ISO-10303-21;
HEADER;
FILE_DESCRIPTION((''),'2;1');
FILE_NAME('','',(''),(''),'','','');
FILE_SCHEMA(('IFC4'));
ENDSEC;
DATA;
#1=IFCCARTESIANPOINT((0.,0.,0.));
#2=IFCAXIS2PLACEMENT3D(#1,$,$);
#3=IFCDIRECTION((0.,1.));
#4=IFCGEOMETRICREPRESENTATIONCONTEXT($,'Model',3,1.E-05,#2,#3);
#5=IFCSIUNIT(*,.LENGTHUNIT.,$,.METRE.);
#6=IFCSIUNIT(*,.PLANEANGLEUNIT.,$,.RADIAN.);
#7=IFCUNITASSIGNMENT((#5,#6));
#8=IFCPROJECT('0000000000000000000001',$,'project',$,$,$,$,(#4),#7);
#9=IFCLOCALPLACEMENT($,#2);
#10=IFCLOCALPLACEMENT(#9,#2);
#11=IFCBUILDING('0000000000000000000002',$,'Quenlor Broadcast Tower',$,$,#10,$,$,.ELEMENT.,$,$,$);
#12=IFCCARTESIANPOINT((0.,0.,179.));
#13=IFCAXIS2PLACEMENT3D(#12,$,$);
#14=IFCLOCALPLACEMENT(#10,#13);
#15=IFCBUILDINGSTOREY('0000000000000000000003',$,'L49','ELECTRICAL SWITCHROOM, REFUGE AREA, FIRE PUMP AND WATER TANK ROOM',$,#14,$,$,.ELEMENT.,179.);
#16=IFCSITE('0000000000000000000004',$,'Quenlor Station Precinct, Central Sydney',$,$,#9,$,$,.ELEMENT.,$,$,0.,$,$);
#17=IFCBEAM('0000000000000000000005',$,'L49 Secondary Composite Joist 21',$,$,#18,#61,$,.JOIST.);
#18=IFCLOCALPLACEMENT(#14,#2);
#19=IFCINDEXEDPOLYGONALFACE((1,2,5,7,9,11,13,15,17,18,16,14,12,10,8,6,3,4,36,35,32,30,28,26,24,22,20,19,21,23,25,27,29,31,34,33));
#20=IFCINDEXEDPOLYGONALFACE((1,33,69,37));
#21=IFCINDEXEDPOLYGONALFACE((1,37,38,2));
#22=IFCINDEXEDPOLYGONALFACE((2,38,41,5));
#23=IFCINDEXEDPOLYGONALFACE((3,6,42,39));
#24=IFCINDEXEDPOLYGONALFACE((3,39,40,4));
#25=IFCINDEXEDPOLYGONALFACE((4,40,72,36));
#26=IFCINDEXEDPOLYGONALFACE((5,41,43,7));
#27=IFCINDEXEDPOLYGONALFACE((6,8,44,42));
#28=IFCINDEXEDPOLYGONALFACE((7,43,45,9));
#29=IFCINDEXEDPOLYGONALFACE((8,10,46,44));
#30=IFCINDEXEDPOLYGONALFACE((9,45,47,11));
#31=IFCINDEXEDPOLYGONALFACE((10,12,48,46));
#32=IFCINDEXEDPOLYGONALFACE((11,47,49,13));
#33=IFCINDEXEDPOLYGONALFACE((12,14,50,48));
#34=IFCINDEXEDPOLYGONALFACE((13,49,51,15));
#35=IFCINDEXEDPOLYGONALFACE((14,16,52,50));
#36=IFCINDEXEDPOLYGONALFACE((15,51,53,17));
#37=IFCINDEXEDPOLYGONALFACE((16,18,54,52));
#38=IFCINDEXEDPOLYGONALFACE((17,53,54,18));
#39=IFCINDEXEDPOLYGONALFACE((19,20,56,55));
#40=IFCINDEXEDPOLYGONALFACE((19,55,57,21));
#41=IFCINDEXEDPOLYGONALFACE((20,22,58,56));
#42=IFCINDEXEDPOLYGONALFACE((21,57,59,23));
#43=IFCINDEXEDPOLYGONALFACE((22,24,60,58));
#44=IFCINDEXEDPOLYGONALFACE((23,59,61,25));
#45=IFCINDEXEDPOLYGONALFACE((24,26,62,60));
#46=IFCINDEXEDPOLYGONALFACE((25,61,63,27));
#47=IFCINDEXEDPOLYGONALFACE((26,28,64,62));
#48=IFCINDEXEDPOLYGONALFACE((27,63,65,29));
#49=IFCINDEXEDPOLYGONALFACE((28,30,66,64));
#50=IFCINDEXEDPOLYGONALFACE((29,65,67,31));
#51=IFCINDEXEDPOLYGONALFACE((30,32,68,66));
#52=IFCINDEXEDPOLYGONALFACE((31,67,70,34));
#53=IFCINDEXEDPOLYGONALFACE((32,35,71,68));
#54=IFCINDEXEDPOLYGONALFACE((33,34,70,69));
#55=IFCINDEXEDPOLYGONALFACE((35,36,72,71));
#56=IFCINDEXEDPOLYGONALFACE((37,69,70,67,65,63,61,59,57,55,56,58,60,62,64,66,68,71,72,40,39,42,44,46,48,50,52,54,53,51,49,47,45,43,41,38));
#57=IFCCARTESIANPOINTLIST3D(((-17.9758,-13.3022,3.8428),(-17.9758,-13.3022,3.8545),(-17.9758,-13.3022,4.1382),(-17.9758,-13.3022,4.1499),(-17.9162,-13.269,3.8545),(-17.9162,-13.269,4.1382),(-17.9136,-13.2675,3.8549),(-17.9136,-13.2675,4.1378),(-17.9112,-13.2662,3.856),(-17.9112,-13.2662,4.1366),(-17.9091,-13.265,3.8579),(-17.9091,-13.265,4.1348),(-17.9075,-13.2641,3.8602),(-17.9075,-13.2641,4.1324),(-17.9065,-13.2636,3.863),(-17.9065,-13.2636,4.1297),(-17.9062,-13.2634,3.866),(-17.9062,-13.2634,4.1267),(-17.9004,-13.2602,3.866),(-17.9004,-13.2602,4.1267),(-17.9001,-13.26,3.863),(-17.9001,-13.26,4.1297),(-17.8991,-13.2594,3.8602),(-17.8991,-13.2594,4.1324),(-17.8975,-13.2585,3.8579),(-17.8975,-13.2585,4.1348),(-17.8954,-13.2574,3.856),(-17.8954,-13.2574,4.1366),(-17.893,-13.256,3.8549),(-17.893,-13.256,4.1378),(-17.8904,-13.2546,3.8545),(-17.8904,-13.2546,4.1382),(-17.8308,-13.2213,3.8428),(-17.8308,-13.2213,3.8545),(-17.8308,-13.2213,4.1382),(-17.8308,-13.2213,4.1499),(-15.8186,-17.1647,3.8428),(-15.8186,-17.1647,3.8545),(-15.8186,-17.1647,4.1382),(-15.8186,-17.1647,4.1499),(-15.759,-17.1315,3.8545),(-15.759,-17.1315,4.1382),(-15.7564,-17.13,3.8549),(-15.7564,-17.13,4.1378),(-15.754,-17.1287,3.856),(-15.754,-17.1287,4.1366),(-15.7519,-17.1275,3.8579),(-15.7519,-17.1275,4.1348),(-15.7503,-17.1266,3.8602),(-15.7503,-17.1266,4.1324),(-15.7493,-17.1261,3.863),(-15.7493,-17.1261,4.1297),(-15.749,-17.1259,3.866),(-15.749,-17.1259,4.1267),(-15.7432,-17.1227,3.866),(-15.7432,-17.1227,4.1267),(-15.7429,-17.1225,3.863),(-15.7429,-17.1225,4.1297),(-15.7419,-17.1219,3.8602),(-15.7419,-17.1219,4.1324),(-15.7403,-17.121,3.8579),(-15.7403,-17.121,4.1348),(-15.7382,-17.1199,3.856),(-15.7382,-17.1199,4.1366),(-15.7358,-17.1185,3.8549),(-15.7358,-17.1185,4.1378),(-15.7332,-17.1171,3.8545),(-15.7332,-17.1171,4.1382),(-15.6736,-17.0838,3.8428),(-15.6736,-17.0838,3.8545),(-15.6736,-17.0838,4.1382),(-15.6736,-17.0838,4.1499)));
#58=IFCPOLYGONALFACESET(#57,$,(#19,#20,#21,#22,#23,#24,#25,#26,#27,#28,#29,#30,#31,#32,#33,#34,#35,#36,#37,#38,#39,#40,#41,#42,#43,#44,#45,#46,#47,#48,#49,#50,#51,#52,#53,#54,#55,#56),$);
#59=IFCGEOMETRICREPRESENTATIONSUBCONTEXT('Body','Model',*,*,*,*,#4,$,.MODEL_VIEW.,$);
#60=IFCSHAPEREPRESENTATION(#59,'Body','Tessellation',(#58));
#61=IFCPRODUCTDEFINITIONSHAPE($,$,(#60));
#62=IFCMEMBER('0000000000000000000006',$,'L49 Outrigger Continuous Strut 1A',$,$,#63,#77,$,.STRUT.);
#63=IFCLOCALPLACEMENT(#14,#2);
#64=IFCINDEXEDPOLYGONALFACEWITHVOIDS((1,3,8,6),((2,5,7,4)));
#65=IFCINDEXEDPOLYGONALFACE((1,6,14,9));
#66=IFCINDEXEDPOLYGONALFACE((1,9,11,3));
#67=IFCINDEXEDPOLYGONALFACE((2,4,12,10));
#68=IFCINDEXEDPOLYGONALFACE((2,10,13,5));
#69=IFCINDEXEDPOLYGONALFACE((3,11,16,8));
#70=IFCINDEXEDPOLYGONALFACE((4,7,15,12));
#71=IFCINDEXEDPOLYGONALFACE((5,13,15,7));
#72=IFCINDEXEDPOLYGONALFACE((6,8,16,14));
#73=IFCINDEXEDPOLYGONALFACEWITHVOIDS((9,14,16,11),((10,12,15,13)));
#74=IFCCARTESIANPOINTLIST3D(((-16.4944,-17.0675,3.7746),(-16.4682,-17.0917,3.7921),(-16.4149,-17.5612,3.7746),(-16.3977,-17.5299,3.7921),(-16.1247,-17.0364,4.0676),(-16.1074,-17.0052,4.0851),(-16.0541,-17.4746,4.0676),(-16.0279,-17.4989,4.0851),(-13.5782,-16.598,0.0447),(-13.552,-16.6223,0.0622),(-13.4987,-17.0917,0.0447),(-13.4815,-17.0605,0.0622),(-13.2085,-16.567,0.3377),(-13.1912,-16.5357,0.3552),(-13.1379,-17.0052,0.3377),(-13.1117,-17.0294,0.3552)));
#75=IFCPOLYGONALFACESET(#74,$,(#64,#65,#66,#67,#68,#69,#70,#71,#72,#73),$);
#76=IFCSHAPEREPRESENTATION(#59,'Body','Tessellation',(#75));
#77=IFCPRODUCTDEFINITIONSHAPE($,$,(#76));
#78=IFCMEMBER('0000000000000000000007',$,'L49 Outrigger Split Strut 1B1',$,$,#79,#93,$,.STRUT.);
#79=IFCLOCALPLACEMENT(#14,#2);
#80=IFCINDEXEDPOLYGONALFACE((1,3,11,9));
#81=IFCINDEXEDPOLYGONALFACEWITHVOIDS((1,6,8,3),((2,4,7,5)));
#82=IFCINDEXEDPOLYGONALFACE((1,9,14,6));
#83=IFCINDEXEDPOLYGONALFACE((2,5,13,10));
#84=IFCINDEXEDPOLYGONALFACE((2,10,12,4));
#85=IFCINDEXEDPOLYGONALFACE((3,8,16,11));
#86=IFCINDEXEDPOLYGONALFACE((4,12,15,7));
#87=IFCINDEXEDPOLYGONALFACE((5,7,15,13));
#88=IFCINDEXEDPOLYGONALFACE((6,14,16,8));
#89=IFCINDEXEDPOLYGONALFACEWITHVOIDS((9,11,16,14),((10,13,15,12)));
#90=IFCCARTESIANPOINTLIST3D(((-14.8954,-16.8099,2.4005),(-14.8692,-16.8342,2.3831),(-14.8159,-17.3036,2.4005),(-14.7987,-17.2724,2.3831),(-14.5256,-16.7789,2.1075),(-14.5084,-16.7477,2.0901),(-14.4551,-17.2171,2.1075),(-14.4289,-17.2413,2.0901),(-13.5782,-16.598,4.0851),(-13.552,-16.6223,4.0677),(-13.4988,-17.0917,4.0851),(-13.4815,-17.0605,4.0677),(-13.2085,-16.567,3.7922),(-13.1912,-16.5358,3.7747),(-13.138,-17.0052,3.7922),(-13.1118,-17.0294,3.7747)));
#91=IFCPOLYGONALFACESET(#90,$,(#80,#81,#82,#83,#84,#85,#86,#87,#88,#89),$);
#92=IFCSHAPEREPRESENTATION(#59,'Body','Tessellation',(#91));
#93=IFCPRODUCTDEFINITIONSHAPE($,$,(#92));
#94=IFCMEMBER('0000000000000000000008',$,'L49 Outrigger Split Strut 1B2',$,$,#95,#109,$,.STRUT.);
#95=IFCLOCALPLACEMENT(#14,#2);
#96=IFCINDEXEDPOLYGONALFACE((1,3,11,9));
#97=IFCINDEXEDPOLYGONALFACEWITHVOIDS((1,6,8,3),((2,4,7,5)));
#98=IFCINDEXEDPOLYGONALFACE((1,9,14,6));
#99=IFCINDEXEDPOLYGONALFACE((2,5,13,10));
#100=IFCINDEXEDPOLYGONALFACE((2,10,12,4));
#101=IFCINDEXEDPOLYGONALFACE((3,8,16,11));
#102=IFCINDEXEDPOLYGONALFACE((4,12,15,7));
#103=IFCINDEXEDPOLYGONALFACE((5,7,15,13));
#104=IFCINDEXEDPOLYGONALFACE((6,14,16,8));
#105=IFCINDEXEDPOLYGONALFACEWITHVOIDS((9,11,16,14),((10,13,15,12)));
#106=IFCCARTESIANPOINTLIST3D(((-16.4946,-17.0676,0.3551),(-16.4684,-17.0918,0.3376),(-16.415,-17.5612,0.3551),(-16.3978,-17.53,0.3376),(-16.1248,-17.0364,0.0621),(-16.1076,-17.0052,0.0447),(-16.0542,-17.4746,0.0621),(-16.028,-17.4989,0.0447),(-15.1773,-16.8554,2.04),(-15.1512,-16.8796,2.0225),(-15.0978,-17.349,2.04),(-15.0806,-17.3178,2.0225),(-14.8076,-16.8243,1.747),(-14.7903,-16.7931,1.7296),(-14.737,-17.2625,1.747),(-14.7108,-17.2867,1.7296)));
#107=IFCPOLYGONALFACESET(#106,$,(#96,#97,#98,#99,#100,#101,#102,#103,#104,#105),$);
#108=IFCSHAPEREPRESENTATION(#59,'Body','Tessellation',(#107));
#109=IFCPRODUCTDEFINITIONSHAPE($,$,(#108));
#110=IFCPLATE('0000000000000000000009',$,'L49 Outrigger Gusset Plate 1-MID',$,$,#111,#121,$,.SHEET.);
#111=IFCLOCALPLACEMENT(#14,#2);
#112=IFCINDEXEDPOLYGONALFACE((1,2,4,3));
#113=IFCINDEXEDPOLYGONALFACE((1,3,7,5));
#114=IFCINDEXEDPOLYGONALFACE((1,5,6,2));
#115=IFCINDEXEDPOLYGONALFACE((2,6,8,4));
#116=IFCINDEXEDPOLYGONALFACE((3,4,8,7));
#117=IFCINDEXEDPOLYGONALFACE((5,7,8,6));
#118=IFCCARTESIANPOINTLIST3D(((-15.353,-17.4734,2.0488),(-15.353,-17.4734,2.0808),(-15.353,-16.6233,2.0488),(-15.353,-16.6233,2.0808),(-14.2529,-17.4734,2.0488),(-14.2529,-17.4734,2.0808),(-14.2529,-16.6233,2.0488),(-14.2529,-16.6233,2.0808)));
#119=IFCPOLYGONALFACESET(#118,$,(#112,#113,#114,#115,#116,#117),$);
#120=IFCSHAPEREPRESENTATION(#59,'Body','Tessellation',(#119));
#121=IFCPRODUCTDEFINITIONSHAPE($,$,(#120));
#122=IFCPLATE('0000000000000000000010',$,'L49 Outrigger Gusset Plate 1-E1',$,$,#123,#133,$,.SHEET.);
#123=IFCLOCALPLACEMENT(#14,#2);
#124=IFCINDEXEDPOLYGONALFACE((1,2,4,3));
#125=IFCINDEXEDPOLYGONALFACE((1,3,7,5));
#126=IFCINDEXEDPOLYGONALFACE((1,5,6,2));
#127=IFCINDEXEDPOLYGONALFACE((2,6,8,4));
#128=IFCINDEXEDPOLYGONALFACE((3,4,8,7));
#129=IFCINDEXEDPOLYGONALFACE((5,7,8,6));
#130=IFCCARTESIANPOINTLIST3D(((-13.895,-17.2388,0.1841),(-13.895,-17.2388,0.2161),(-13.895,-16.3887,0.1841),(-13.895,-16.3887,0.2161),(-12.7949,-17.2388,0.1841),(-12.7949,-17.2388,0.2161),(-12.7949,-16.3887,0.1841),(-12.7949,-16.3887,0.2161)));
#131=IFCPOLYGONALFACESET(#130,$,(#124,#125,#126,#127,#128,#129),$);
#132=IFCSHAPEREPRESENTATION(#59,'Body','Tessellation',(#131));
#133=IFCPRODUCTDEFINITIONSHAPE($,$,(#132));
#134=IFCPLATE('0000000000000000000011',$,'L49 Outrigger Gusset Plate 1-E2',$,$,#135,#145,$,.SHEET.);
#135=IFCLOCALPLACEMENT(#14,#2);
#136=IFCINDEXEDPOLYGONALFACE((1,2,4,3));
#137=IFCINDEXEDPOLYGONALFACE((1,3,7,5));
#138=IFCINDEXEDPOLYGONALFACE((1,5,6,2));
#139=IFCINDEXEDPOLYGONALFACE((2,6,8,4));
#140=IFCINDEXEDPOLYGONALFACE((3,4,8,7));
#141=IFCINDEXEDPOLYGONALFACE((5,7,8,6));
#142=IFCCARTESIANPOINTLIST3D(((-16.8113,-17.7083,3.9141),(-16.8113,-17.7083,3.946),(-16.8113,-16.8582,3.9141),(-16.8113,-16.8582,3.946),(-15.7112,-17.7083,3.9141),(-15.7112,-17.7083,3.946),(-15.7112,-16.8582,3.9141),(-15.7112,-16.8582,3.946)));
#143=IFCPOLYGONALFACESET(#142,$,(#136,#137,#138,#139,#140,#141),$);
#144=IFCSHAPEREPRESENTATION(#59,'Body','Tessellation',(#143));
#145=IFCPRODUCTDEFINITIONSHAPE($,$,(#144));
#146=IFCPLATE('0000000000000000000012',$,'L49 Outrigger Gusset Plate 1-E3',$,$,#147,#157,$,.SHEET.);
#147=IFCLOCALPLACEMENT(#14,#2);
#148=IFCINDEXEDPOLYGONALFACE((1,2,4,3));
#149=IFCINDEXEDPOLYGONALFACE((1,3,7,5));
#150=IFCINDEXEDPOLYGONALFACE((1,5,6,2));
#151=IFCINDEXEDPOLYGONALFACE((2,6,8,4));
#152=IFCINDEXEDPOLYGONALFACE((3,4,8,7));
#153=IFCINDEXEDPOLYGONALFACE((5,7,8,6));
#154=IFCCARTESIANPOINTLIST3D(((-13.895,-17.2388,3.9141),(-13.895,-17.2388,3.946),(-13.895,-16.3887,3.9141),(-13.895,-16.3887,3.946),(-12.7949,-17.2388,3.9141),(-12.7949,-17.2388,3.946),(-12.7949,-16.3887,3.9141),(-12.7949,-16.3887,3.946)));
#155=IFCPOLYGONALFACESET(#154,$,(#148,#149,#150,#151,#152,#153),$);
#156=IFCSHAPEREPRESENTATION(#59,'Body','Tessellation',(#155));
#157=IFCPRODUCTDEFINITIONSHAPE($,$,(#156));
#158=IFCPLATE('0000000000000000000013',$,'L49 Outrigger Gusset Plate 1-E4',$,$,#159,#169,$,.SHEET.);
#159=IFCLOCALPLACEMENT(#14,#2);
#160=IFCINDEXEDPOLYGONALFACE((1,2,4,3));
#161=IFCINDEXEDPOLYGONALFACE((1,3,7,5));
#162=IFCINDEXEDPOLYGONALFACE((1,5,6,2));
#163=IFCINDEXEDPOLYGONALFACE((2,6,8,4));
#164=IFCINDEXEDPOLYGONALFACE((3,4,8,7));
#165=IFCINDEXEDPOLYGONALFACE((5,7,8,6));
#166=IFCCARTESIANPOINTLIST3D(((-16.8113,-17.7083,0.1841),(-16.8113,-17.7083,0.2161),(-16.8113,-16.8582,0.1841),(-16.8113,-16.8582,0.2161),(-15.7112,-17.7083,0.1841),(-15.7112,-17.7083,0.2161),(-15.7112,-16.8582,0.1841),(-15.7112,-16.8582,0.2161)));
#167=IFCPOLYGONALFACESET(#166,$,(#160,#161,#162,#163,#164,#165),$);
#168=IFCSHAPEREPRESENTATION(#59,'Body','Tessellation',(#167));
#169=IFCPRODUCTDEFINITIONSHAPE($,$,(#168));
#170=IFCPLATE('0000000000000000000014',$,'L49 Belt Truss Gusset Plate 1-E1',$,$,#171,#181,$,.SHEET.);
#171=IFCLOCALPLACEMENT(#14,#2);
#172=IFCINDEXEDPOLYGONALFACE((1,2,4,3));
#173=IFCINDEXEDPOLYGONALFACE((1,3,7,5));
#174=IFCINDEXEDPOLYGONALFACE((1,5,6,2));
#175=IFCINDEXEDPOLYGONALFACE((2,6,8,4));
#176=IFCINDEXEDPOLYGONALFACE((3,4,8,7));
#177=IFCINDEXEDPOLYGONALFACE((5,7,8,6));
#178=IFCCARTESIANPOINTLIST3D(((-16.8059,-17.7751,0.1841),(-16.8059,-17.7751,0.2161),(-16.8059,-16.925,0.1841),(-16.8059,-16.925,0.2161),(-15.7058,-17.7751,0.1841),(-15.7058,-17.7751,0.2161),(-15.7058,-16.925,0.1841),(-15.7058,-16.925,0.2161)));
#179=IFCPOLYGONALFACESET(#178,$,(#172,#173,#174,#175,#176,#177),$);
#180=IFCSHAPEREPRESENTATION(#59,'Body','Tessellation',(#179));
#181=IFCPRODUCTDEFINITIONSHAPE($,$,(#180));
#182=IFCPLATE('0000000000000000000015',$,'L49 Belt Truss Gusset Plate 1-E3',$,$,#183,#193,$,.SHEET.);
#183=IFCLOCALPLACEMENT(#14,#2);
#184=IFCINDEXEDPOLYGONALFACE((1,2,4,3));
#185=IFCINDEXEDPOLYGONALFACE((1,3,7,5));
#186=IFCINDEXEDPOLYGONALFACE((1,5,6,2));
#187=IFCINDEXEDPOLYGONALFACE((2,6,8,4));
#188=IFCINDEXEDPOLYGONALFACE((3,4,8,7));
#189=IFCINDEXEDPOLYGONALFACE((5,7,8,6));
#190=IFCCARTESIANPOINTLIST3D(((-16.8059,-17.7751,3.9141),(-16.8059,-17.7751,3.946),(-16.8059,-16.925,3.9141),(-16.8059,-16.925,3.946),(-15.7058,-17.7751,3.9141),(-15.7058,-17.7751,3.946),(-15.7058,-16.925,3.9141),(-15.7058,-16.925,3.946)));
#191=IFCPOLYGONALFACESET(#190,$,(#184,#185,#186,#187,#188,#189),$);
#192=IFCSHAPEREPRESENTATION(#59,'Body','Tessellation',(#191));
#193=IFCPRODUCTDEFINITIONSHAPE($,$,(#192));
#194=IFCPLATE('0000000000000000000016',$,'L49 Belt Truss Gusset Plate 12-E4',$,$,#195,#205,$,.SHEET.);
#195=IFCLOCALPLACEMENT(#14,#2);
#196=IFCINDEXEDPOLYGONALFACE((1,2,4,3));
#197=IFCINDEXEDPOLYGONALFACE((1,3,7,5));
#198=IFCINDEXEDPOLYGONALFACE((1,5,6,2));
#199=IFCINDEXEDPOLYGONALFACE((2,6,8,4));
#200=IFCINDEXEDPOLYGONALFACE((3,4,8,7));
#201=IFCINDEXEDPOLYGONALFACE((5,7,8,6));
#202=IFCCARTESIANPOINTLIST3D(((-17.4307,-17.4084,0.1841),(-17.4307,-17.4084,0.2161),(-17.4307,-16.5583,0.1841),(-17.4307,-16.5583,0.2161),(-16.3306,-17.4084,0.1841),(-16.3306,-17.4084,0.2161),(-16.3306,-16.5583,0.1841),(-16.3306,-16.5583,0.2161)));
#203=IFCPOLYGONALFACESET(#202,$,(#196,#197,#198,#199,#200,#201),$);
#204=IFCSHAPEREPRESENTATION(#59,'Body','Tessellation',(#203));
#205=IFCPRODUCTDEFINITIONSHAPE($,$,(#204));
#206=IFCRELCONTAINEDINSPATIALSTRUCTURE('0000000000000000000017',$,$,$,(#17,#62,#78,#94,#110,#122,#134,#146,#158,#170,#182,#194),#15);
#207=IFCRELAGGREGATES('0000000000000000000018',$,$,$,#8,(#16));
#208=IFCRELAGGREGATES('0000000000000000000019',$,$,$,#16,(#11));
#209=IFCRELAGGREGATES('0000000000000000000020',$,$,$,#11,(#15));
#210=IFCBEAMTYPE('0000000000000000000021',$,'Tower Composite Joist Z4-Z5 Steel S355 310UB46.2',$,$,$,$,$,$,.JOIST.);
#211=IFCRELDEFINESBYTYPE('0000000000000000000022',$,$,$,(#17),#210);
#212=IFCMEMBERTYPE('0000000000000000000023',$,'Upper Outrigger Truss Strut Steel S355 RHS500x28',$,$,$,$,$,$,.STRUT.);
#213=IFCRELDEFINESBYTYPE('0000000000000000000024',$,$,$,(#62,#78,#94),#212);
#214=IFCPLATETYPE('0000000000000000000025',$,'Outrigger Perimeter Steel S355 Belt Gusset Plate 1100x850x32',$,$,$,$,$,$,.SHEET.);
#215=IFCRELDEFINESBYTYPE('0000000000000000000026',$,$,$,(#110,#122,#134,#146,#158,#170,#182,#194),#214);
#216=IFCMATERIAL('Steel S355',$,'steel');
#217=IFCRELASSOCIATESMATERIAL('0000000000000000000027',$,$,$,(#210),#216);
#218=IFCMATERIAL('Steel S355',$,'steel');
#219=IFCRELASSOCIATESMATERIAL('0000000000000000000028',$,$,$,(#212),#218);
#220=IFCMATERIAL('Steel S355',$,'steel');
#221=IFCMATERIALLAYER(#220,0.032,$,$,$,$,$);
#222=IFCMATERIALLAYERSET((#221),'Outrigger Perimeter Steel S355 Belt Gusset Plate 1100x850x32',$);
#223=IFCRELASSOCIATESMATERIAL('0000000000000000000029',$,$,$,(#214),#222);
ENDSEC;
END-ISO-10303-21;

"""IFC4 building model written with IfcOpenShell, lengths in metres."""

from ifc_helpers import new_model, si_unit, direction, frame, origin, origin_2d, place, context, subcontext, project, spatial, rectangle, hollow_rectangle, i_section, extrude, material, layer, layer_set, material_profile, profile_set, type_object, element, save


model = new_model("IFC4")

# Units and contexts
model_context = context("Model", 3, precision=1e-05, world=origin(), true_north=direction((0.0, 1.0)))
body_context = subcontext(model_context, "Body", "Model", "MODEL_VIEW")
ifc_project = project(units=[si_unit("LENGTHUNIT", "METRE"), si_unit("PLANEANGLEUNIT", "RADIAN")], contexts=[model_context])

# Site, building, storey
site_placement = place(None, origin())
site = spatial("IfcSite", under=ifc_project, at=site_placement, Name="Quenlor Station Precinct, Central Sydney", CompositionType="ELEMENT", RefElevation=0.0)
building_placement = place(site_placement, origin())
building = spatial("IfcBuilding", under=site, at=building_placement, Name="Quenlor Broadcast Tower", CompositionType="ELEMENT")
storey_placement = place(building_placement, frame((0.0, 0.0, 179.0)))
storey = spatial("IfcBuildingStorey", under=building, at=storey_placement, Name="L49", Description="ELECTRICAL SWITCHROOM, REFUGE AREA, FIRE PUMP AND WATER TANK ROOM", CompositionType="ELEMENT", Elevation=179.0)

# Beam
ifc_material_1 = material(Name="Steel S355", Category="steel")
ifc_material_profile_1 = material_profile(ifc_material_1, i_section(OverallWidth=0.166, OverallDepth=0.3071, WebThickness=0.0066, FlangeThickness=0.0117, FilletRadius=0.0115, at=origin_2d()))
ifc_profile_set_1 = profile_set([ifc_material_profile_1], Name="Steel S355 310UB46.2")
beam_type_1 = type_object("IfcBeamType", Name="Tower Composite Joist Z4-Z5 Steel S355 310UB46.2", PredefinedType="JOIST", material=ifc_profile_set_1)
beam_1_placement = place(storey_placement, frame((-15.7461, -17.1243, 3.9963), z_axis=(-0.487605, 0.873064, 0.0), x_axis=(-0.873064, -0.487605, 0.0)))
element("IfcBeam", 1, at=beam_1_placement, inside=storey, type_object=beam_type_1, Name="L49 Secondary Composite Joist 21", PredefinedType="JOIST", context=body_context, shape_type="SweptSolid", body=[
    extrude(i_section(OverallWidth=0.166, OverallDepth=0.3071, WebThickness=0.0066, FlangeThickness=0.0117, FilletRadius=0.0115, at=origin_2d()), origin(), (0.0, 0.0, 1.0), 4.4241),
])

# Members
ifc_material_2 = material(Name="Steel S355", Category="steel")
ifc_material_profile_2 = material_profile(ifc_material_2, hollow_rectangle(XDim=0.5, YDim=0.5, WallThickness=0.0281, at=origin_2d()))
ifc_profile_set_2 = profile_set([ifc_material_profile_2], Name="Steel S355 RHS500x500x28")
member_type_1 = type_object("IfcMemberType", Name="Upper Outrigger Truss Strut Steel S355 RHS500x28", PredefinedType="STRUT", material=ifc_profile_set_2)
member_1_placement = place(storey_placement, frame((-13.345, -16.8137, 0.2), z_axis=(-0.612928, -0.098674, 0.783953), x_axis=(0.158941, -0.987288, 0.0)))
element("IfcMember", 2, at=member_1_placement, inside=storey, type_object=member_type_1, Name="L49 Outrigger Continuous Strut 1A", PredefinedType="STRUT", context=body_context, shape_type="SweptSolid", body=[
    extrude(hollow_rectangle(XDim=0.5, YDim=0.5, WallThickness=0.0281, at=origin_2d()), origin(), (0.0, 0.0, 1.0), 4.7578),
])
member_2_placement = place(storey_placement, frame((-13.345, -16.8137, 3.9299), z_axis=(-0.612952, -0.098618, -0.783942), x_axis=(0.158847, -0.987303, 0.0)))
element("IfcMember", 3, at=member_2_placement, inside=storey, type_object=member_type_1, Name="L49 Outrigger Split Strut 1B1", PredefinedType="STRUT", context=body_context, shape_type="SweptSolid", body=[
    extrude(hollow_rectangle(XDim=0.5, YDim=0.5, WallThickness=0.0281, at=origin_2d()), origin(), (0.0, 0.0, 1.0), 2.1489),
])
member_3_placement = place(storey_placement, frame((-14.9441, -17.071, 1.8848), z_axis=(-0.61289, -0.098721, -0.783977), x_axis=(0.159025, -0.987275, 0.0)))
element("IfcMember", 4, at=member_3_placement, inside=storey, type_object=member_type_1, Name="L49 Outrigger Split Strut 1B2", PredefinedType="STRUT", context=body_context, shape_type="SweptSolid", body=[
    extrude(hollow_rectangle(XDim=0.5, YDim=0.5, WallThickness=0.0281, at=origin_2d()), origin(), (0.0, 0.0, 1.0), 2.1492),
])

# Plates
ifc_material_3 = material(Name="Steel S355", Category="steel")
ifc_layer_1 = layer(ifc_material_3, 0.032)
ifc_layer_set_1 = layer_set([ifc_layer_1], Name="Outrigger Perimeter Steel S355 Belt Gusset Plate 1100x850x32")
plate_type_1 = type_object("IfcPlateType", Name="Outrigger Perimeter Steel S355 Belt Gusset Plate 1100x850x32", PredefinedType="SHEET", material=ifc_layer_set_1)
for number, where, z_axis, x_axis, name in (
    (5, (-14.803, -17.0483, 2.0488), (0.0, 0.0, 1.0), (1.0, 0.0, 0.0), "L49 Outrigger Gusset Plate 1-MID"),
    (6, (-13.345, -16.8137, 0.1841), (0.0, 0.0, 1.0), (1.0, 0.0, 0.0), "L49 Outrigger Gusset Plate 1-E1"),
    (7, (-16.2612, -17.2832, 3.9141), (0.0, 0.0, 1.0), (1.0, 0.0, 0.0), "L49 Outrigger Gusset Plate 1-E2"),
    (8, (-13.345, -16.8137, 3.9141), (0.0, 0.0, 1.0), (1.0, 0.0, 0.0), "L49 Outrigger Gusset Plate 1-E3"),
    (9, (-16.2612, -17.2832, 0.1841), (0.0, 0.0, 1.0), (1.0, 0.0, 0.0), "L49 Outrigger Gusset Plate 1-E4"),
    (10, (-16.2559, -17.3501, 0.1841), (0.0, 0.0, 1.0), (1.0, 0.0, 0.0), "L49 Belt Truss Gusset Plate 1-E1"),
    (11, (-16.2559, -17.3501, 3.9141), (0.0, 0.0, 1.0), (1.0, 0.0, 0.0), "L49 Belt Truss Gusset Plate 1-E3"),
    (12, (-16.8806, -16.9834, 0.1841), (0.0, 0.0, 1.0), (1.0, 0.0, 0.0), "L49 Belt Truss Gusset Plate 12-E4"),
):
    element("IfcPlate", number, at=place(storey_placement, frame(where, z_axis=z_axis, x_axis=x_axis)), inside=storey, type_object=plate_type_1, Name=name, PredefinedType="SHEET", context=body_context, shape_type="SweptSolid", body=[
        extrude(rectangle(XDim=1.1001, YDim=0.8501, at=origin_2d()), origin(), (0.0, 0.0, 1.0), 0.032),
    ])

save(model, "model.ifc")
